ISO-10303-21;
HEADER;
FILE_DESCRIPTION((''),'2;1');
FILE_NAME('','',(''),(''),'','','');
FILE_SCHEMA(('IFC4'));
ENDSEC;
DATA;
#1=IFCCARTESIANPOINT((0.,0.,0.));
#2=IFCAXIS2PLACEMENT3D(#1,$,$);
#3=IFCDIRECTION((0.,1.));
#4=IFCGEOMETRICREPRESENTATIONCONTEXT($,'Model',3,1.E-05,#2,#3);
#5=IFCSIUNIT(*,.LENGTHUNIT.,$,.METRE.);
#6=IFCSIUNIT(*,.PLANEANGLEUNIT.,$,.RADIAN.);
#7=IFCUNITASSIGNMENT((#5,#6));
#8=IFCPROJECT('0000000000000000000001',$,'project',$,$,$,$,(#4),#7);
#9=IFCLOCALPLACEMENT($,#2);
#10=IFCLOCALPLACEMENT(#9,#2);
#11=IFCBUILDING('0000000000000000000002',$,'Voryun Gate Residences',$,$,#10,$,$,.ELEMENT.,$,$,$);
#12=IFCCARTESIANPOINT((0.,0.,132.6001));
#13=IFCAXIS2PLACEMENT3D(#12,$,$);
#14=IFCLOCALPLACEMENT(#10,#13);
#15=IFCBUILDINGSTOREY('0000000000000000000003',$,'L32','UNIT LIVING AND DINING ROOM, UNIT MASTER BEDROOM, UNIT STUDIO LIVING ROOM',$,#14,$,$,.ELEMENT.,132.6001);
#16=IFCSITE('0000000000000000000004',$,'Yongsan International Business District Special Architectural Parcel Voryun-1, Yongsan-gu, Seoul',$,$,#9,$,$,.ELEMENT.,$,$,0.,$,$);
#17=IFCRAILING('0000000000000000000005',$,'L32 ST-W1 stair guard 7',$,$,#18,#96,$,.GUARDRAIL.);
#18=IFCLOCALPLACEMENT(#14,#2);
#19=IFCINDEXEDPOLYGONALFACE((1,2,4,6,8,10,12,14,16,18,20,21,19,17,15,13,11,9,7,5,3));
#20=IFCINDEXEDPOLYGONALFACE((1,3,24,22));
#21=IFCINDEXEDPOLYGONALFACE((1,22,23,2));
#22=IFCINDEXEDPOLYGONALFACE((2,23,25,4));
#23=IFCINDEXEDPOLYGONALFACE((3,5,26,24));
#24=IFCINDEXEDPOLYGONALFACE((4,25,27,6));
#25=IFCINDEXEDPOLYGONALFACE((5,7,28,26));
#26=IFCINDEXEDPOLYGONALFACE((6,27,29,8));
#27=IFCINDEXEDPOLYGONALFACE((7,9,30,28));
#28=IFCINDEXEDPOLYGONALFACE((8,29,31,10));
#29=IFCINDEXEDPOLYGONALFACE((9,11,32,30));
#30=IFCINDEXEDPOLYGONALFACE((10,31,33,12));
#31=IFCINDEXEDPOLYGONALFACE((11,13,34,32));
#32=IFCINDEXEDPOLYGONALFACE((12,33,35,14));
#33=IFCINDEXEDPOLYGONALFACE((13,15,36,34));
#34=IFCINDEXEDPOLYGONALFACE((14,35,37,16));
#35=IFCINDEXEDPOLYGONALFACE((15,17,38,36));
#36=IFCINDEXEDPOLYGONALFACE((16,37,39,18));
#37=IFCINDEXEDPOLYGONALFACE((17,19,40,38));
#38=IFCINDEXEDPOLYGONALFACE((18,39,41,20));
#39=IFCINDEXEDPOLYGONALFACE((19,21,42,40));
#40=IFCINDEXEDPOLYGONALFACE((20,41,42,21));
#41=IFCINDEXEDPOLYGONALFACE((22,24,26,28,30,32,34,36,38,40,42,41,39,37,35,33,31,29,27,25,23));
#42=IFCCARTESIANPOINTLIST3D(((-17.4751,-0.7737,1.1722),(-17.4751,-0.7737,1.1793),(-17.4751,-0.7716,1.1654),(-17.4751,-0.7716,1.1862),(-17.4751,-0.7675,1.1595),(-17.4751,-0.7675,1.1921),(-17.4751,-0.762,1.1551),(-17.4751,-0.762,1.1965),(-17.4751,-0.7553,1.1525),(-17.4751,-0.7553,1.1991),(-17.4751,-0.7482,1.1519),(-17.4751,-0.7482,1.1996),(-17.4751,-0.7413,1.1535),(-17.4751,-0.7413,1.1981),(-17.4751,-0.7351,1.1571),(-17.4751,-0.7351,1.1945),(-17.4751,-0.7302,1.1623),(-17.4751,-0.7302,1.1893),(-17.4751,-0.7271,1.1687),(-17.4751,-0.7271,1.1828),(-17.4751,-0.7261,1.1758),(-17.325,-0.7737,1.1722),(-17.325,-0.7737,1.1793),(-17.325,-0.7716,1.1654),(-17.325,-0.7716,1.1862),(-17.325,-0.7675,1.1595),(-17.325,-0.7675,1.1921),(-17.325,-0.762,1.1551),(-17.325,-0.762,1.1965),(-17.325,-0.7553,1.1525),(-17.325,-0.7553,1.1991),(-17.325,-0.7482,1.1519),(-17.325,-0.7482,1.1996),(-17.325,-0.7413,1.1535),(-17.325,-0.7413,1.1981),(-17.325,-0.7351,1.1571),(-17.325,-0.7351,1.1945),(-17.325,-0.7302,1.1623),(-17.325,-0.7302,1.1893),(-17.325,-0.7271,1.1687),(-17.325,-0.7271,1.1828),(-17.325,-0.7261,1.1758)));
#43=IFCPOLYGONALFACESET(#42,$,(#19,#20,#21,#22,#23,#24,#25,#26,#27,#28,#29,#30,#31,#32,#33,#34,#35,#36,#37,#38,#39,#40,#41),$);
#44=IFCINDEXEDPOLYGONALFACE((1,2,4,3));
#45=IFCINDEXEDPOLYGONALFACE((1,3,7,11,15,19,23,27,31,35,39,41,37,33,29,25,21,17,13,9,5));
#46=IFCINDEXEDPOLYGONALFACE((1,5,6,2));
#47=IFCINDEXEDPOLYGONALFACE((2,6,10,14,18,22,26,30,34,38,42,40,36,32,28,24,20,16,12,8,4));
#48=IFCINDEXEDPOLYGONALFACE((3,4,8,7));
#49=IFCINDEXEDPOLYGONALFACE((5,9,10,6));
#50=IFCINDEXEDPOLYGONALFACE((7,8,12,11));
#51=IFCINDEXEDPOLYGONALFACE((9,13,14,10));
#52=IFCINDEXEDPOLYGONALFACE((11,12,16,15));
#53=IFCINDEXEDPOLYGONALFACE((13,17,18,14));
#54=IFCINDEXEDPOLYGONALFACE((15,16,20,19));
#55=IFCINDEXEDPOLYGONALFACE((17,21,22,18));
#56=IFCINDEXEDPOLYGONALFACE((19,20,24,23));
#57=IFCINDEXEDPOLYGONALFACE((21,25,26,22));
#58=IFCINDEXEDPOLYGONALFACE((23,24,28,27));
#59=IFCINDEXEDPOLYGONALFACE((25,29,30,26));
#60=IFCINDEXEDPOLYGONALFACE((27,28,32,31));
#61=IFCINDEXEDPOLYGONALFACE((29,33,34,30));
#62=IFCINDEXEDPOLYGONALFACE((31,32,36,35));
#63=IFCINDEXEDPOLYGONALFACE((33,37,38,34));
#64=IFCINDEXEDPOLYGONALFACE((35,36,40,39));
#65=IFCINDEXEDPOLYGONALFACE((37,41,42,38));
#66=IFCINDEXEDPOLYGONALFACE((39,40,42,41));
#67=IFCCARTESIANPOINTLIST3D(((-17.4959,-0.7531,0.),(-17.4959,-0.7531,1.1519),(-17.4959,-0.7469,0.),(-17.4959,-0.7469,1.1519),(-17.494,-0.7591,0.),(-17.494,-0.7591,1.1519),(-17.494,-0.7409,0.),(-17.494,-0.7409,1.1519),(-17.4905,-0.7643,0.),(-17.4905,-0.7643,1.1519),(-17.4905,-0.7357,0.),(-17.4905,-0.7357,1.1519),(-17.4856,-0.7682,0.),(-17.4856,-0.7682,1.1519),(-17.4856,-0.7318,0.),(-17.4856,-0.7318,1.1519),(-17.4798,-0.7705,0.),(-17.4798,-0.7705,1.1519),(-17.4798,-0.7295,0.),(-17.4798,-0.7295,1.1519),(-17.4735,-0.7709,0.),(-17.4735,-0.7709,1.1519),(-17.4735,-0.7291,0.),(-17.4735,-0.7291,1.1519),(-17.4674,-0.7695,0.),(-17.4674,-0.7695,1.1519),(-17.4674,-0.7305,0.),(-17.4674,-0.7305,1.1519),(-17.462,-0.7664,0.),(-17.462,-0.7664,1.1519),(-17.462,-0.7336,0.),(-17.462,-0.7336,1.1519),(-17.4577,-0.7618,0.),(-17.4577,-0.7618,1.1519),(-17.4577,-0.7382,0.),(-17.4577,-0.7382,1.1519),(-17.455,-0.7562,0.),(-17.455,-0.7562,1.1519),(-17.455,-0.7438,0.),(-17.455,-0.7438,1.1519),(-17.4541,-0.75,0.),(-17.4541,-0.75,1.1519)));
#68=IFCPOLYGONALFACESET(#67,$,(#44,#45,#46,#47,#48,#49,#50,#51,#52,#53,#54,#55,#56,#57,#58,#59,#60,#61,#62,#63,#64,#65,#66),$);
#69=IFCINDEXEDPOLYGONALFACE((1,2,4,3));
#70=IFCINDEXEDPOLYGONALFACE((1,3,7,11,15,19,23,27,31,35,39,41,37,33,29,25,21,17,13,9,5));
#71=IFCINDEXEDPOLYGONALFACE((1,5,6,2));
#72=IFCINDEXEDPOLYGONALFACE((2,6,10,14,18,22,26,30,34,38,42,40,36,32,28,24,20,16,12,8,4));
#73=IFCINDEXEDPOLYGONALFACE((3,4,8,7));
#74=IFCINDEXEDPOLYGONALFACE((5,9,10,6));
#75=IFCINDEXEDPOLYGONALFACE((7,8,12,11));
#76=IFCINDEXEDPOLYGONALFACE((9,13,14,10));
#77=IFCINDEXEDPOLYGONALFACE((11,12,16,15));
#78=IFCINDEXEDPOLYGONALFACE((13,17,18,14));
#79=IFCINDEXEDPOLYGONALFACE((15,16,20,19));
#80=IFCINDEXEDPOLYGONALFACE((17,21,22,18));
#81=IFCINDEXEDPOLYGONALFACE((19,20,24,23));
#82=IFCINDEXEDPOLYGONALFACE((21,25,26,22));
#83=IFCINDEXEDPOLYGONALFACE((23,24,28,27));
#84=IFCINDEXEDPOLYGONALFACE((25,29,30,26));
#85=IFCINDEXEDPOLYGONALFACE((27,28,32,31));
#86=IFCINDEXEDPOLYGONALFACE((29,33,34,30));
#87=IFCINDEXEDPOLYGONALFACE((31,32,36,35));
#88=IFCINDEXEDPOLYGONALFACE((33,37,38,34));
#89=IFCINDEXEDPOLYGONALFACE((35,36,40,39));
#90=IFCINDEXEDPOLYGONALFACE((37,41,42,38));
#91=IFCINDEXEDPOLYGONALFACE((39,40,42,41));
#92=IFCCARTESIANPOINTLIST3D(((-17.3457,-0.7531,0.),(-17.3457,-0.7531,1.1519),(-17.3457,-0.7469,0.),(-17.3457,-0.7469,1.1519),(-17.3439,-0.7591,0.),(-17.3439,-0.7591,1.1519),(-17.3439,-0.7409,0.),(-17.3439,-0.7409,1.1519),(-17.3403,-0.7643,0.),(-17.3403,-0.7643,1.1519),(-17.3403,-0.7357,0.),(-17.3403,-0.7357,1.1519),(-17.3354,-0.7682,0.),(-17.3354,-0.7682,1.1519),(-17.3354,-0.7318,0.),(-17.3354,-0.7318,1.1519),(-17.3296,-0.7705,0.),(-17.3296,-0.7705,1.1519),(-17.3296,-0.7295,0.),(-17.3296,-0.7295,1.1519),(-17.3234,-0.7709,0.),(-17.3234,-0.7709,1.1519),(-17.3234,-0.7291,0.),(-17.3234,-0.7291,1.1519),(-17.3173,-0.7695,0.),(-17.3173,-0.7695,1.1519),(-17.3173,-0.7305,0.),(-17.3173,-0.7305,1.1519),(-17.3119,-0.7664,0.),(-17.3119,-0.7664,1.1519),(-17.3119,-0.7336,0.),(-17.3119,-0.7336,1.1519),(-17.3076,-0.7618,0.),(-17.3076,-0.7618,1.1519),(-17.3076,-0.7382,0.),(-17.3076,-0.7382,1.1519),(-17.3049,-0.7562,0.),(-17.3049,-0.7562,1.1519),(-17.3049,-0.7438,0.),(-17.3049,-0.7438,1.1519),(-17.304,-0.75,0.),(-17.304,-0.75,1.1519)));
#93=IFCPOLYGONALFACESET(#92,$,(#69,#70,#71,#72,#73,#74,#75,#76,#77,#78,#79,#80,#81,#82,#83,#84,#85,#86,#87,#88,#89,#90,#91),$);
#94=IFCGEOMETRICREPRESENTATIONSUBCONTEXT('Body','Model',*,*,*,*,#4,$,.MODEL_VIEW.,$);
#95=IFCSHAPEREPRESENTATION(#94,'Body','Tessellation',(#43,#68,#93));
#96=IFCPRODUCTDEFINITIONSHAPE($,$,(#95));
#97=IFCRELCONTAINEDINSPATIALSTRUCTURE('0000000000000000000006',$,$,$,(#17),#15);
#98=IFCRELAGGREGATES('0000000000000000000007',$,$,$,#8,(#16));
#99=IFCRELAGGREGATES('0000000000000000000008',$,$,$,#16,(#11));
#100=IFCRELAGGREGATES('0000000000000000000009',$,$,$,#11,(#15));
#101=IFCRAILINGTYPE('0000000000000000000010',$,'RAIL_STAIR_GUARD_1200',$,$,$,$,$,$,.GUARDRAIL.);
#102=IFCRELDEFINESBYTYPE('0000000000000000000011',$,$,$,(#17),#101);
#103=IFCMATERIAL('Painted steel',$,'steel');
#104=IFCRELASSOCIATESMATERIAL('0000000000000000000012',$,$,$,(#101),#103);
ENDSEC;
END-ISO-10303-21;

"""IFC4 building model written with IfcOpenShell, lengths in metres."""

from ifc_helpers import new_model, si_unit, direction, frame, origin, origin_2d, place, context, subcontext, project, spatial, circle, extrude, material, type_object, element, save


model = new_model("IFC4")

# Units and contexts
model_context = context("Model", 3, precision=1e-05, world=origin(), true_north=direction((0.0, 1.0)))
body_context = subcontext(model_context, "Body", "Model", "MODEL_VIEW")
ifc_project = project(units=[si_unit("LENGTHUNIT", "METRE"), si_unit("PLANEANGLEUNIT", "RADIAN")], contexts=[model_context])

# Site, building, storey
site_placement = place(None, origin())
site = spatial("IfcSite", under=ifc_project, at=site_placement, Name="Yongsan International Business District Special Architectural Parcel Voryun-1, Yongsan-gu, Seoul", CompositionType="ELEMENT", RefElevation=0.0)
building_placement = place(site_placement, origin())
building = spatial("IfcBuilding", under=site, at=building_placement, Name="Voryun Gate Residences", CompositionType="ELEMENT")
storey_placement = place(building_placement, frame((0.0, 0.0, 132.6001)))
storey = spatial("IfcBuildingStorey", under=building, at=storey_placement, Name="L32", Description="UNIT LIVING AND DINING ROOM, UNIT MASTER BEDROOM, UNIT STUDIO LIVING ROOM", CompositionType="ELEMENT", Elevation=132.6001)

# Railing
ifc_material_1 = material(Name="Painted steel", Category="steel")
railing_type_1 = type_object("IfcRailingType", Name="RAIL_STAIR_GUARD_1200", PredefinedType="GUARDRAIL", material=ifc_material_1)
railing_1_placement = place(storey_placement, frame((-17.4751, -0.75, 0.0)))
element("IfcRailing", 1, at=railing_1_placement, inside=storey, type_object=railing_type_1, Name="L32 ST-W1 stair guard 7", PredefinedType="GUARDRAIL", context=body_context, shape_type="SweptSolid", body=[
    extrude(circle(Radius=0.0239, at=origin_2d()), frame((0.0, 0.0, 1.1758), z_axis=(1.0, 0.0, 0.0), x_axis=(0.0, 1.0, 0.0)), (0.0, 0.0, 1.0), 0.1501),
    extrude(circle(Radius=0.021, at=origin_2d()), origin(), (0.0, 0.0, 1.0), 1.1519),
    extrude(circle(Radius=0.021, at=origin_2d()), frame((0.1501, 0.0, 0.0)), (0.0, 0.0, 1.0), 1.1519),
])

save(model, "model.ifc")
